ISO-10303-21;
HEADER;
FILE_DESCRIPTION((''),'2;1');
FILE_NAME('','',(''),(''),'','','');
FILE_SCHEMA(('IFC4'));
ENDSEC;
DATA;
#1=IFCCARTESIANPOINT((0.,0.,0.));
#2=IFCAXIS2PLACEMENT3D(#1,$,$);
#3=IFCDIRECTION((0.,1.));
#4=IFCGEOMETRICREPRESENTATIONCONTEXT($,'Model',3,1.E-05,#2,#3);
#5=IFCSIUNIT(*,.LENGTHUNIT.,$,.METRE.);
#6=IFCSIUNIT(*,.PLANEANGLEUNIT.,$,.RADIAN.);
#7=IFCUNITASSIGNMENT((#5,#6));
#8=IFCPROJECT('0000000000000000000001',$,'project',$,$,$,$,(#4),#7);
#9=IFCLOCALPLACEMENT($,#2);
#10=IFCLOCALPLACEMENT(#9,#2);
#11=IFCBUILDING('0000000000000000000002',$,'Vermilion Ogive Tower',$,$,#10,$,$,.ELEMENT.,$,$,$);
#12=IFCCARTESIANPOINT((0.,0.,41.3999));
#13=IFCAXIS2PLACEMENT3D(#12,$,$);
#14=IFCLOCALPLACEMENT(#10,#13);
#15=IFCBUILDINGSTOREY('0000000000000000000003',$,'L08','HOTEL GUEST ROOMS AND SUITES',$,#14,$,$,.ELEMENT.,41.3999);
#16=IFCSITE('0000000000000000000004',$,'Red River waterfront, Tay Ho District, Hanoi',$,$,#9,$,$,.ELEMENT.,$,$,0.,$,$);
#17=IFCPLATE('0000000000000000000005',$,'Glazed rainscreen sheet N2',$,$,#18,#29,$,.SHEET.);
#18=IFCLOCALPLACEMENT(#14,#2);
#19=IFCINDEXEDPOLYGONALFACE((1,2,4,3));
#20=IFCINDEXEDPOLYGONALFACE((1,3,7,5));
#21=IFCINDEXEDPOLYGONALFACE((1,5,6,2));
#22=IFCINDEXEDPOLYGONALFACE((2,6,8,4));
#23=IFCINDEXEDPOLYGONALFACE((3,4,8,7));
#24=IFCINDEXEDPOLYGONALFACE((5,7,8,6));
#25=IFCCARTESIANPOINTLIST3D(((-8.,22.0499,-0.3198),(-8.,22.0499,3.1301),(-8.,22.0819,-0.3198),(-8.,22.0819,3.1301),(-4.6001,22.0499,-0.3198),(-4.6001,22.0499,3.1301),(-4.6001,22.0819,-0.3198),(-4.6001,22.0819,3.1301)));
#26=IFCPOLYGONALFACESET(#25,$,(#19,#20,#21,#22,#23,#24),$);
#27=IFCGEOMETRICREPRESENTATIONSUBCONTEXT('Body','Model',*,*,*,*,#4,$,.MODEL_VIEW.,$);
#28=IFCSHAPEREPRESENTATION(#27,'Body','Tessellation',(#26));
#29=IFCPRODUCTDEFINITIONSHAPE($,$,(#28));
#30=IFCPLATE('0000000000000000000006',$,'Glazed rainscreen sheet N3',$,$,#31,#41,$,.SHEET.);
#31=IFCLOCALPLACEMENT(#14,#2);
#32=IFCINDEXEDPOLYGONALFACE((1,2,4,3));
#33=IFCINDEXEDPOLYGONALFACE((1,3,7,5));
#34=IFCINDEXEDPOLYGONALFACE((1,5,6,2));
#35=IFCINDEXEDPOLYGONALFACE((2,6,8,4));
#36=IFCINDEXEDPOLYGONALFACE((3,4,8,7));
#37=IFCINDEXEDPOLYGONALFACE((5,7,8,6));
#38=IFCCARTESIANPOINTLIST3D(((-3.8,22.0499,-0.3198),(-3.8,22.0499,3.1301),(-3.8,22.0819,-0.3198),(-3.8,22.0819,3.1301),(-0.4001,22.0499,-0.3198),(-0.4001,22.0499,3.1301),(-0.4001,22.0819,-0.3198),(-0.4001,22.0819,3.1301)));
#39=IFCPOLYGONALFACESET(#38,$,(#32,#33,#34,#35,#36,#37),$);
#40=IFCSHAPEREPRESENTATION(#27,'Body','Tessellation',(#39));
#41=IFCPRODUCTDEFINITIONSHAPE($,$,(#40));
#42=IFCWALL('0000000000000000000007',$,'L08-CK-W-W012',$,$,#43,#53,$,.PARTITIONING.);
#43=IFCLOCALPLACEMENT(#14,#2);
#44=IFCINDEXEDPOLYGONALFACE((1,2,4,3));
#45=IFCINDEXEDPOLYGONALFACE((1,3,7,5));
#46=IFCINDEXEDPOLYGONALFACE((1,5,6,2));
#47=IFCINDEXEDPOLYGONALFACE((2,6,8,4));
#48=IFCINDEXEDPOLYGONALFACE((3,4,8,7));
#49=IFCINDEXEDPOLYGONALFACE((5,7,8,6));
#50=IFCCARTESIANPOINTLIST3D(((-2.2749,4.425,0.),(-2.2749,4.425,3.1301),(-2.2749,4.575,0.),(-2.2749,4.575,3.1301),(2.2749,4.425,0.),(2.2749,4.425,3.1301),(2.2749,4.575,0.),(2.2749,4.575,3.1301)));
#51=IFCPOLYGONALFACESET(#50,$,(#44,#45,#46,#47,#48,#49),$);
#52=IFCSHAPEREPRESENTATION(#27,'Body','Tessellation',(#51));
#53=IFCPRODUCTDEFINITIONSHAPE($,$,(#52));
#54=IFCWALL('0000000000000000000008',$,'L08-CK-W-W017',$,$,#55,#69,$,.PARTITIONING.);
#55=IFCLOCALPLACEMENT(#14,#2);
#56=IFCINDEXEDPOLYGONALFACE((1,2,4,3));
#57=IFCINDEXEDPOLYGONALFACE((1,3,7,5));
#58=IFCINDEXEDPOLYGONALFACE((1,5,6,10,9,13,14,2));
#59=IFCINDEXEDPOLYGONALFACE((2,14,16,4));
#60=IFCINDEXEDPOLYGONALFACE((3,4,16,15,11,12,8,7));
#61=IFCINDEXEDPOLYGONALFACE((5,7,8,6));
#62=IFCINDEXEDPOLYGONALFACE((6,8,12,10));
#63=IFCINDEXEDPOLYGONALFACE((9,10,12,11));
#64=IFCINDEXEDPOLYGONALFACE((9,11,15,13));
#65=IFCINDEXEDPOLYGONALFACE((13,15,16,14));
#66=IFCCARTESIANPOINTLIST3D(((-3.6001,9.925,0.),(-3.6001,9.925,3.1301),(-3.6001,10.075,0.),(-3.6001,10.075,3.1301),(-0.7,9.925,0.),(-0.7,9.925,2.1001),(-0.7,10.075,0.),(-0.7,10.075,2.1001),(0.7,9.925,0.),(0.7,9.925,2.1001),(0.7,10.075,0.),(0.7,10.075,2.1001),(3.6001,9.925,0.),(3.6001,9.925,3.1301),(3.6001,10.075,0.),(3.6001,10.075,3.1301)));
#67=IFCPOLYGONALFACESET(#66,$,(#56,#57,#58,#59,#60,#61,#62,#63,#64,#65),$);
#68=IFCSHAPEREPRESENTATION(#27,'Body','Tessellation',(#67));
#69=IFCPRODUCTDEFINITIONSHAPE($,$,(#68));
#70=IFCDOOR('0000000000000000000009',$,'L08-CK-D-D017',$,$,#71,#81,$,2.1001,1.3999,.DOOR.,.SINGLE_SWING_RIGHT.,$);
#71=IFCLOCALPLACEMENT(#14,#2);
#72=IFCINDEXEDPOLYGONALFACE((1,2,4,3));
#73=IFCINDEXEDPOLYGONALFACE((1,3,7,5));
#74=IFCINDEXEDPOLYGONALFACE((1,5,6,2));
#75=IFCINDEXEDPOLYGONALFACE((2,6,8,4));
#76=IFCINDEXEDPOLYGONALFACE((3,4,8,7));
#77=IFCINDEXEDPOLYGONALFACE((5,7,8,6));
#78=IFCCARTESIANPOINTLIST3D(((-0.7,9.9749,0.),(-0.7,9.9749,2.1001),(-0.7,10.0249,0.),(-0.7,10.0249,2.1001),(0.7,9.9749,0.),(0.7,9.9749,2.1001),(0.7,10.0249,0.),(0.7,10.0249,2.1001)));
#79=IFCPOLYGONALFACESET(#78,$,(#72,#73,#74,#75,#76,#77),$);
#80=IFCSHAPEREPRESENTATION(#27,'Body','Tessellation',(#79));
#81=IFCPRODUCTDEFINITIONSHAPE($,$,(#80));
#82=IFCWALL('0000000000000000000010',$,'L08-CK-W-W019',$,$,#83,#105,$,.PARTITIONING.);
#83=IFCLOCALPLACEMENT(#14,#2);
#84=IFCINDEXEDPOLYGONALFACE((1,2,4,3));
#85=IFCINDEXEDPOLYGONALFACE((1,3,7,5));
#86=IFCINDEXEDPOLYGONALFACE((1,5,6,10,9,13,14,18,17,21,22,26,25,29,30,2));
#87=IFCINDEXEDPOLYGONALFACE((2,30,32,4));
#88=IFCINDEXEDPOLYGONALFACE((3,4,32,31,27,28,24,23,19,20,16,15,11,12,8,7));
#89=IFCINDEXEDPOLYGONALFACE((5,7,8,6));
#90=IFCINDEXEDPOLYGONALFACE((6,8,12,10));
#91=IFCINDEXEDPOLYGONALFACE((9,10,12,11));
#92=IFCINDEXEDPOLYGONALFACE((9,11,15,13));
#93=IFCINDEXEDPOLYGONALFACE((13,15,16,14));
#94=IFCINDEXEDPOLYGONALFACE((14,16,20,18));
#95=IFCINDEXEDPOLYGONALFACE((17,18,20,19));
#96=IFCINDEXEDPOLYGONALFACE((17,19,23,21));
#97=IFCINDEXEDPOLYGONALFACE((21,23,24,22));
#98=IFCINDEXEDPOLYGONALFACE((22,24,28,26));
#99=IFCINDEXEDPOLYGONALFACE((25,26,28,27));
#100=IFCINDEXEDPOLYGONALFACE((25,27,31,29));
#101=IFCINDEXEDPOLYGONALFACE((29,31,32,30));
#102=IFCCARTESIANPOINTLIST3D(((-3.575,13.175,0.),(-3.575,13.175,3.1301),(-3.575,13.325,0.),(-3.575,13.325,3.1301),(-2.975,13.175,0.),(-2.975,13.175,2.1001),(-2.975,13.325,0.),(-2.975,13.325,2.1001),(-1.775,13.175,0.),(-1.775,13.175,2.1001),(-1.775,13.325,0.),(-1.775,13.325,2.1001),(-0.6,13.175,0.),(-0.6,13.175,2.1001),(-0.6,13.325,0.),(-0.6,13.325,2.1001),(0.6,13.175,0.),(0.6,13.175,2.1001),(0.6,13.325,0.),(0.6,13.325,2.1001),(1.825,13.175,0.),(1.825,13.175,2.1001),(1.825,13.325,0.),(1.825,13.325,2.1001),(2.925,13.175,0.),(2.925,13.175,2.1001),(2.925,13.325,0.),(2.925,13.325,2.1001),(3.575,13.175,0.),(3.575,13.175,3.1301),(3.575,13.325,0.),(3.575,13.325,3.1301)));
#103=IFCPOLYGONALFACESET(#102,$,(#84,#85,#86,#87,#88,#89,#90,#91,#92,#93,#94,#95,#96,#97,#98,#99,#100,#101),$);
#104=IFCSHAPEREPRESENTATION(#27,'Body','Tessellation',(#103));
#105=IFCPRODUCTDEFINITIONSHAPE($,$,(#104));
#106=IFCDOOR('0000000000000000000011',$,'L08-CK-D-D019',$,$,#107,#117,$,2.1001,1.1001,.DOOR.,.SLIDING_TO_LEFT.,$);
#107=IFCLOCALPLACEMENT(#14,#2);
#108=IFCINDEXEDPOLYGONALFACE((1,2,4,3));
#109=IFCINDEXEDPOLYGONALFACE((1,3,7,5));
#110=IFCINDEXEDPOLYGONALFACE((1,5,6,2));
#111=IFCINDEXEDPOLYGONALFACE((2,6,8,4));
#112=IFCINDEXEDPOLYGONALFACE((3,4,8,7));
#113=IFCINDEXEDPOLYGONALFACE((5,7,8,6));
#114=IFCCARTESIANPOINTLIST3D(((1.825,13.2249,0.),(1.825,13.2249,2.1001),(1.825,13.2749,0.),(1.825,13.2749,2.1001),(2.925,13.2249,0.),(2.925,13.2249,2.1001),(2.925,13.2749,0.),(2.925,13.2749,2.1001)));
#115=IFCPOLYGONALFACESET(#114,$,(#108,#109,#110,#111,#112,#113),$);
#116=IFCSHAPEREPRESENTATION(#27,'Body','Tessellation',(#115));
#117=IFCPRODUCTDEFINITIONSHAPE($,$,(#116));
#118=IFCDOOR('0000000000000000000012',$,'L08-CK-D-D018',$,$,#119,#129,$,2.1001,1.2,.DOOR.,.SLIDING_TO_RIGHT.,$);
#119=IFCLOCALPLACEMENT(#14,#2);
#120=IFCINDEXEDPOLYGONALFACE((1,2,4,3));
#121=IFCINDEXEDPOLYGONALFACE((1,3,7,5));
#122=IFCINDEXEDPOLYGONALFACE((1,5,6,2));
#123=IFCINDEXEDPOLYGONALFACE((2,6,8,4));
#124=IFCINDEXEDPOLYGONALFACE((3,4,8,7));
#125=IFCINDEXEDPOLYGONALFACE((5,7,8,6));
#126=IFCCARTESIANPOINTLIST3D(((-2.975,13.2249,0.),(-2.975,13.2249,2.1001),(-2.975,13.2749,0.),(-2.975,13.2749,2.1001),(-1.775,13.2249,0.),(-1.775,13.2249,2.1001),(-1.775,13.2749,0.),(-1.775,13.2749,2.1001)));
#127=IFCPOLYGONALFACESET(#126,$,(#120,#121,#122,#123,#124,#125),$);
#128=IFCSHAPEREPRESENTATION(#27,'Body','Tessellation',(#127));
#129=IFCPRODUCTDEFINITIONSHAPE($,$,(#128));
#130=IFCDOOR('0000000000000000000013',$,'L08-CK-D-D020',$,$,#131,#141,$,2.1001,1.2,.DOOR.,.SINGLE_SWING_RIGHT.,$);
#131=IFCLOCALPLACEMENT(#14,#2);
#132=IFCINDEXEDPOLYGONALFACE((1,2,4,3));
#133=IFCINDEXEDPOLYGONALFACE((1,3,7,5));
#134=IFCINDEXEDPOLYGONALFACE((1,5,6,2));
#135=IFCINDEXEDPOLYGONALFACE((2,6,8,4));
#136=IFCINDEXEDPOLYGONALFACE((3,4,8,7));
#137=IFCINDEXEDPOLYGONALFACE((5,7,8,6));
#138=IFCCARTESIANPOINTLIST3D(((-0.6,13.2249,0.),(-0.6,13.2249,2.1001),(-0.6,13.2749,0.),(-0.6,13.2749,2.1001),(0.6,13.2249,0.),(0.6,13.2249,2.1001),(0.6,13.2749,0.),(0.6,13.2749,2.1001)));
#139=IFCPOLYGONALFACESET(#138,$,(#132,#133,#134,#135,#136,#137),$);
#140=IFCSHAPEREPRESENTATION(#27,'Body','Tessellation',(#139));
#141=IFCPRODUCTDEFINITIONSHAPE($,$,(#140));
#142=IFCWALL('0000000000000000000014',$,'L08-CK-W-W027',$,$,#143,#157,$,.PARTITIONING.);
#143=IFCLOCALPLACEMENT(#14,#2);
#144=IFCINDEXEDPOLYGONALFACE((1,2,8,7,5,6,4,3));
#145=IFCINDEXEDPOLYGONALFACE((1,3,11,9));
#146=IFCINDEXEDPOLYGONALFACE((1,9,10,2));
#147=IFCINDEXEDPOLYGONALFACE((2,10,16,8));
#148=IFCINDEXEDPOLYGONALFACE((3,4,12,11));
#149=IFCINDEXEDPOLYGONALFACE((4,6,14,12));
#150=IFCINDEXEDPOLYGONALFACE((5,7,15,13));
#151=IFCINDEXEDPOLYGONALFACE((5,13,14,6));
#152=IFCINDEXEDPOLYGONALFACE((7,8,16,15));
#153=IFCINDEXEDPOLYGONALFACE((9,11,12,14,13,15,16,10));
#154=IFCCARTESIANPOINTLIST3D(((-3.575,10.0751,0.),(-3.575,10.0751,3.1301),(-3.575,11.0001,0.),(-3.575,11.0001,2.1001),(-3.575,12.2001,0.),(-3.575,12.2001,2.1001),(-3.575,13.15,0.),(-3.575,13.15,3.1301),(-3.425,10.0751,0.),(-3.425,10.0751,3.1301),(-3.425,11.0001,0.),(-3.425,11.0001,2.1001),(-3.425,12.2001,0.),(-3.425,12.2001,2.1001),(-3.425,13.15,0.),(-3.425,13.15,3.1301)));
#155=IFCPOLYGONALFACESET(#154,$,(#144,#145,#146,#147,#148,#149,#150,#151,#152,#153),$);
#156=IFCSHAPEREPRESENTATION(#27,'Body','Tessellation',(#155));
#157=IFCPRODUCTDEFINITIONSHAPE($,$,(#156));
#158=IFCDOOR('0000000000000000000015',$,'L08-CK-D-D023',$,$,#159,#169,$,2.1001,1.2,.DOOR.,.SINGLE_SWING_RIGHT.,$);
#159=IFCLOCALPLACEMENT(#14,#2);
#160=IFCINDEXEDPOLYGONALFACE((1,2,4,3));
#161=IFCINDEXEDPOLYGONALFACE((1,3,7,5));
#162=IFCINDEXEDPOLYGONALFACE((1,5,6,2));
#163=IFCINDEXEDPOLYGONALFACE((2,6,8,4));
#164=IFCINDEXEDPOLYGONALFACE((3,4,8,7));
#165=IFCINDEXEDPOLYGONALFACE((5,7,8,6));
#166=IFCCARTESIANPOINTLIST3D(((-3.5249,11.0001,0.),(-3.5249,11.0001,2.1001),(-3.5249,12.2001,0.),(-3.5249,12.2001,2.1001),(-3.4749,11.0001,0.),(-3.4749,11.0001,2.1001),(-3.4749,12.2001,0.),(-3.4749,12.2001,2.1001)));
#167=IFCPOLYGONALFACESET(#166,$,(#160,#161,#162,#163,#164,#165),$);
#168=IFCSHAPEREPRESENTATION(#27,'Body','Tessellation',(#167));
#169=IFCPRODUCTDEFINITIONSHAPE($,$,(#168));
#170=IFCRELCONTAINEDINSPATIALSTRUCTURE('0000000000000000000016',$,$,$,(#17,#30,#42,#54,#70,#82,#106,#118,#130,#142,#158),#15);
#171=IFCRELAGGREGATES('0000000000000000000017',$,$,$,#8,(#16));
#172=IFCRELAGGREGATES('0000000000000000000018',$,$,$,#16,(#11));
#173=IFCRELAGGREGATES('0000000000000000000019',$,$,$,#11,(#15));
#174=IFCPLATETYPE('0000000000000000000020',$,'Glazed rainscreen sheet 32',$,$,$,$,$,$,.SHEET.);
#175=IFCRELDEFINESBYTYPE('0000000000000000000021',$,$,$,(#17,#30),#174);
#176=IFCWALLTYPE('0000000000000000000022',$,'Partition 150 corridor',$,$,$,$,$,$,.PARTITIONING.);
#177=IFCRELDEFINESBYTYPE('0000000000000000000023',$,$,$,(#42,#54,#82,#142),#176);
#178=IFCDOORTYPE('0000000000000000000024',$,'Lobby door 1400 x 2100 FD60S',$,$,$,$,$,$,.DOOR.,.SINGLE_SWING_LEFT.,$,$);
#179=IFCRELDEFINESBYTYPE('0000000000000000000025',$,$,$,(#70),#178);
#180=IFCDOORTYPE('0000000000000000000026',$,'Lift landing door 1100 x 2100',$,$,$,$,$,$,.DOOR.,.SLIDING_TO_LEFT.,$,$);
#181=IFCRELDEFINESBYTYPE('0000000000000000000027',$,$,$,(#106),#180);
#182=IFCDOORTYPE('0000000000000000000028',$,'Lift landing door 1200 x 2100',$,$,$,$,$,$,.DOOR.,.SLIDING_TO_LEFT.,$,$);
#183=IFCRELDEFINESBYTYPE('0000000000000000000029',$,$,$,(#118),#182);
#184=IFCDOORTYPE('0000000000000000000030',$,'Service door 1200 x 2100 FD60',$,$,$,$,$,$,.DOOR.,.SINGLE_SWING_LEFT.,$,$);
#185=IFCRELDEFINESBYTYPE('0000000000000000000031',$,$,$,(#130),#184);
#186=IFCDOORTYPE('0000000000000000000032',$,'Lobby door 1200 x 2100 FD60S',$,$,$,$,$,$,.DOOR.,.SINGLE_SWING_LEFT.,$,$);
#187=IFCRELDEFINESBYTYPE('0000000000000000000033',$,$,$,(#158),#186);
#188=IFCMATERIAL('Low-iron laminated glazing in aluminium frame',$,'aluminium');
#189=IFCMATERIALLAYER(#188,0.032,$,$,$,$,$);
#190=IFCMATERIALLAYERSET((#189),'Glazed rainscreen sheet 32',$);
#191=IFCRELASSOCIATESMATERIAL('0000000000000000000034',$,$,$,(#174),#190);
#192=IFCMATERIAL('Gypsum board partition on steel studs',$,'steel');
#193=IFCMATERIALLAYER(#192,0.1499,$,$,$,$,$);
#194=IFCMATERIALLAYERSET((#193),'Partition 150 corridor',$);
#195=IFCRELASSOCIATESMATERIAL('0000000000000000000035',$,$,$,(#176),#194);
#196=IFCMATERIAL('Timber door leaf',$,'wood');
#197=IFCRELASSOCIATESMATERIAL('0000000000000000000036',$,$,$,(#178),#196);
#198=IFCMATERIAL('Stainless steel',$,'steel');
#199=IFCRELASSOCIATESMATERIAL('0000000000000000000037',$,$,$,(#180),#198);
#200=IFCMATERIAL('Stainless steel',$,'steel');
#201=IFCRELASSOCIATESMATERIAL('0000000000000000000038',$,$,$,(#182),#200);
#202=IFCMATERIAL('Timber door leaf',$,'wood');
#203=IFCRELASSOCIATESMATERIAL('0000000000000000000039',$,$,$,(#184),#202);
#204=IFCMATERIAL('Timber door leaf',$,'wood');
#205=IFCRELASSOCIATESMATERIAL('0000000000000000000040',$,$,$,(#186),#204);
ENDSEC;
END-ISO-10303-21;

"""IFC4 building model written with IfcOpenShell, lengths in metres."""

from ifc_helpers import new_model, si_unit, direction, frame, frame_2d, origin, origin_2d, place, context, subcontext, project, spatial, rectangle, extrude, material, layer, layer_set, type_object, element, fill, save


model = new_model("IFC4")

# Units and contexts
model_context = context("Model", 3, precision=1e-05, world=origin(), true_north=direction((0.0, 1.0)))
body_context = subcontext(model_context, "Body", "Model", "MODEL_VIEW")
ifc_project = project(units=[si_unit("LENGTHUNIT", "METRE"), si_unit("PLANEANGLEUNIT", "RADIAN")], contexts=[model_context])

# Site, building, storey
site_placement = place(None, origin())
site = spatial("IfcSite", under=ifc_project, at=site_placement, Name="Red River waterfront, Tay Ho District, Hanoi", CompositionType="ELEMENT", RefElevation=0.0)
building_placement = place(site_placement, origin())
building = spatial("IfcBuilding", under=site, at=building_placement, Name="Vermilion Ogive Tower", CompositionType="ELEMENT")
storey_placement = place(building_placement, frame((0.0, 0.0, 41.3999)))
storey = spatial("IfcBuildingStorey", under=building, at=storey_placement, Name="L08", Description="HOTEL GUEST ROOMS AND SUITES", CompositionType="ELEMENT", Elevation=41.3999)

# Plates
ifc_material_1 = material(Name="Low-iron laminated glazing in aluminium frame", Category="aluminium")
ifc_layer_1 = layer(ifc_material_1, 0.032)
ifc_layer_set_1 = layer_set([ifc_layer_1], Name="Glazed rainscreen sheet 32")
plate_type = type_object("IfcPlateType", Name="Glazed rainscreen sheet 32", PredefinedType="SHEET", material=ifc_layer_set_1)
for number, where, z_axis, x_axis, name in (
    (1, (-6.3, 22.0659, -0.3198), (0.0, 0.0, 1.0), (1.0, 0.0, 0.0), "Glazed rainscreen sheet N2"),
    (2, (-2.1001, 22.0659, -0.3198), (0.0, 0.0, 1.0), (1.0, 0.0, 0.0), "Glazed rainscreen sheet N3"),
):
    element("IfcPlate", number, at=place(storey_placement, frame(where, z_axis=z_axis, x_axis=x_axis)), inside=storey, type_object=plate_type, Name=name, PredefinedType="SHEET", context=body_context, shape_type="SweptSolid", body=[
        extrude(rectangle(XDim=3.3999, YDim=0.032, at=origin_2d()), origin(), (0.0, 0.0, 1.0), 3.45),
    ])

# Wall
ifc_material_2 = material(Name="Gypsum board partition on steel studs", Category="steel")
ifc_layer_2 = layer(ifc_material_2, 0.1499)
ifc_layer_set_2 = layer_set([ifc_layer_2], Name="Partition 150 corridor")
wall_type_1 = type_object("IfcWallType", Name="Partition 150 corridor", PredefinedType="PARTITIONING", material=ifc_layer_set_2)
wall_1_placement = place(storey_placement, frame((-2.2749, 4.5, 0.0), z_axis=(0.0, 0.0, 1.0), x_axis=(1.0, 0.0, 0.0)))
element("IfcWall", 3, at=wall_1_placement, inside=storey, type_object=wall_type_1, Name="L08-CK-W-W012", PredefinedType="PARTITIONING", context=body_context, shape_type="SweptSolid", body=[
    extrude(rectangle(XDim=4.5498, YDim=0.1499, at=frame_2d((2.2749, 0.0))), origin(), (0.0, 0.0, 1.0), 3.1301),
])

# Wall, opening, door
wall_2_placement = place(storey_placement, frame((-3.6001, 10.0, 0.0), z_axis=(0.0, 0.0, 1.0), x_axis=(1.0, 0.0, 0.0)))
wall_2 = element("IfcWall", 4, at=wall_2_placement, inside=storey, type_object=wall_type_1, Name="L08-CK-W-W017", PredefinedType="PARTITIONING", context=body_context, shape_type="SweptSolid", body=[
    extrude(rectangle(XDim=7.2002, YDim=0.1499, at=frame_2d((3.6001, 0.0))), origin(), (0.0, 0.0, 1.0), 3.1301),
])
opening_1_placement = place(wall_2_placement, frame((2.9001, 0.0, 0.0)))
opening_1 = element("IfcOpeningElement", 5, at=opening_1_placement, cuts=wall_2, PredefinedType="OPENING", context=body_context, shape_type="SweptSolid", body=[
    extrude(rectangle(XDim=1.3999, YDim=2.1001, at=frame_2d((0.7, 1.05))), frame((0.0, 0.085, 0.0), z_axis=(0.0, -1.0, 0.0), x_axis=(1.0, 0.0, 0.0)), (0.0, 0.0, 1.0), 0.1699),
])
ifc_material_3 = material(Name="Timber door leaf", Category="wood")
door_type_1 = type_object("IfcDoorType", Name="Lobby door 1400 x 2100 FD60S", OperationType="SINGLE_SWING_LEFT", PredefinedType="DOOR", material=ifc_material_3)
door_1_placement = place(opening_1_placement, origin())
door_1 = element("IfcDoor", 6, at=door_1_placement, inside=storey, type_object=door_type_1, Name="L08-CK-D-D017", OperationType="SINGLE_SWING_RIGHT", OverallHeight=2.1001, OverallWidth=1.3999, PredefinedType="DOOR", context=body_context, shape_type="SweptSolid", body=[
    extrude(rectangle(XDim=1.3999, YDim=2.1001, at=frame_2d((0.7, 1.05))), frame((0.0, 0.0249, 0.0), z_axis=(0.0, -1.0, 0.0), x_axis=(1.0, 0.0, 0.0)), (0.0, 0.0, 1.0), 0.05),
])
fill(opening_1, door_1)

# Wall, openings, doors
wall_3_placement = place(storey_placement, frame((-3.575, 13.25, 0.0), z_axis=(0.0, 0.0, 1.0), x_axis=(1.0, 0.0, 0.0)))
wall_3 = element("IfcWall", 7, at=wall_3_placement, inside=storey, type_object=wall_type_1, Name="L08-CK-W-W019", PredefinedType="PARTITIONING", context=body_context, shape_type="SweptSolid", body=[
    extrude(rectangle(XDim=7.1499, YDim=0.1499, at=frame_2d((3.575, 0.0))), origin(), (0.0, 0.0, 1.0), 3.1301),
])
opening_2_placement = place(wall_3_placement, frame((0.5999, 0.0, 0.0)))
opening_2 = element("IfcOpeningElement", 8, at=opening_2_placement, cuts=wall_3, PredefinedType="OPENING", context=body_context, shape_type="SweptSolid", body=[
    extrude(rectangle(XDim=1.2, YDim=2.1001, at=frame_2d((0.6001, 1.05))), frame((0.0, 0.085, 0.0), z_axis=(0.0, -1.0, 0.0), x_axis=(1.0, 0.0, 0.0)), (0.0, 0.0, 1.0), 0.1699),
])
opening_3_placement = place(wall_3_placement, frame((5.3999, 0.0, 0.0)))
opening_3 = element("IfcOpeningElement", 9, at=opening_3_placement, cuts=wall_3, PredefinedType="OPENING", context=body_context, shape_type="SweptSolid", body=[
    extrude(rectangle(XDim=1.1001, YDim=2.1001, at=frame_2d((0.55, 1.05))), frame((0.0, 0.085, 0.0), z_axis=(0.0, -1.0, 0.0), x_axis=(1.0, 0.0, 0.0)), (0.0, 0.0, 1.0), 0.1699),
])
opening_4_placement = place(wall_3_placement, frame((2.9749, 0.0, 0.0)))
opening_4 = element("IfcOpeningElement", 10, at=opening_4_placement, cuts=wall_3, PredefinedType="OPENING", context=body_context, shape_type="SweptSolid", body=[
    extrude(rectangle(XDim=1.2, YDim=2.1001, at=frame_2d((0.6001, 1.05))), frame((0.0, 0.085, 0.0), z_axis=(0.0, -1.0, 0.0), x_axis=(1.0, 0.0, 0.0)), (0.0, 0.0, 1.0), 0.1699),
])
ifc_material_4 = material(Name="Stainless steel", Category="steel")
door_type_2 = type_object("IfcDoorType", Name="Lift landing door 1100 x 2100", OperationType="SLIDING_TO_LEFT", PredefinedType="DOOR", material=ifc_material_4)
door_2_placement = place(opening_3_placement, origin())
door_2 = element("IfcDoor", 11, at=door_2_placement, inside=storey, type_object=door_type_2, Name="L08-CK-D-D019", OperationType="SLIDING_TO_LEFT", OverallHeight=2.1001, OverallWidth=1.1001, PredefinedType="DOOR", context=body_context, shape_type="SweptSolid", body=[
    extrude(rectangle(XDim=1.1001, YDim=2.1001, at=frame_2d((0.55, 1.05))), frame((0.0, 0.0249, 0.0), z_axis=(0.0, -1.0, 0.0), x_axis=(1.0, 0.0, 0.0)), (0.0, 0.0, 1.0), 0.05),
])
fill(opening_3, door_2)
ifc_material_5 = material(Name="Stainless steel", Category="steel")
door_type_3 = type_object("IfcDoorType", Name="Lift landing door 1200 x 2100", OperationType="SLIDING_TO_LEFT", PredefinedType="DOOR", material=ifc_material_5)
door_3_placement = place(opening_2_placement, origin())
door_3 = element("IfcDoor", 12, at=door_3_placement, inside=storey, type_object=door_type_3, Name="L08-CK-D-D018", OperationType="SLIDING_TO_RIGHT", OverallHeight=2.1001, OverallWidth=1.2, PredefinedType="DOOR", context=body_context, shape_type="SweptSolid", body=[
    extrude(rectangle(XDim=1.2, YDim=2.1001, at=frame_2d((0.6001, 1.05))), frame((0.0, 0.0249, 0.0), z_axis=(0.0, -1.0, 0.0), x_axis=(1.0, 0.0, 0.0)), (0.0, 0.0, 1.0), 0.05),
])
fill(opening_2, door_3)
ifc_material_6 = material(Name="Timber door leaf", Category="wood")
door_type_4 = type_object("IfcDoorType", Name="Service door 1200 x 2100 FD60", OperationType="SINGLE_SWING_LEFT", PredefinedType="DOOR", material=ifc_material_6)
door_4_placement = place(opening_4_placement, origin())
door_4 = element("IfcDoor", 13, at=door_4_placement, inside=storey, type_object=door_type_4, Name="L08-CK-D-D020", OperationType="SINGLE_SWING_RIGHT", OverallHeight=2.1001, OverallWidth=1.2, PredefinedType="DOOR", context=body_context, shape_type="SweptSolid", body=[
    extrude(rectangle(XDim=1.2, YDim=2.1001, at=frame_2d((0.6001, 1.05))), frame((0.0, 0.0249, 0.0), z_axis=(0.0, -1.0, 0.0), x_axis=(1.0, 0.0, 0.0)), (0.0, 0.0, 1.0), 0.05),
])
fill(opening_4, door_4)

# Wall, opening, door
wall_4_placement = place(storey_placement, frame((-3.5, 10.075, 0.0), z_axis=(0.0, 0.0, 1.0), x_axis=(0.0, 1.0, 0.0)))
wall_4 = element("IfcWall", 14, at=wall_4_placement, inside=storey, type_object=wall_type_1, Name="L08-CK-W-W027", PredefinedType="PARTITIONING", context=body_context, shape_type="SweptSolid", body=[
    extrude(rectangle(XDim=3.075, YDim=0.1499, at=frame_2d((1.5376, 0.0))), origin(), (0.0, 0.0, 1.0), 3.1301),
])
opening_5_placement = place(wall_4_placement, frame((0.925, 0.0, 0.0)))
opening_5 = element("IfcOpeningElement", 15, at=opening_5_placement, cuts=wall_4, PredefinedType="OPENING", context=body_context, shape_type="SweptSolid", body=[
    extrude(rectangle(XDim=1.2, YDim=2.1001, at=frame_2d((0.6001, 1.05))), frame((0.0, 0.085, 0.0), z_axis=(0.0, -1.0, 0.0), x_axis=(1.0, 0.0, 0.0)), (0.0, 0.0, 1.0), 0.1699),
])
ifc_material_7 = material(Name="Timber door leaf", Category="wood")
door_type_5 = type_object("IfcDoorType", Name="Lobby door 1200 x 2100 FD60S", OperationType="SINGLE_SWING_LEFT", PredefinedType="DOOR", material=ifc_material_7)
door_5_placement = place(opening_5_placement, origin())
door_5 = element("IfcDoor", 16, at=door_5_placement, inside=storey, type_object=door_type_5, Name="L08-CK-D-D023", OperationType="SINGLE_SWING_RIGHT", OverallHeight=2.1001, OverallWidth=1.2, PredefinedType="DOOR", context=body_context, shape_type="SweptSolid", body=[
    extrude(rectangle(XDim=1.2, YDim=2.1001, at=frame_2d((0.6001, 1.05))), frame((0.0, 0.0249, 0.0), z_axis=(0.0, -1.0, 0.0), x_axis=(1.0, 0.0, 0.0)), (0.0, 0.0, 1.0), 0.05),
])
fill(opening_5, door_5)

save(model, "model.ifc")
